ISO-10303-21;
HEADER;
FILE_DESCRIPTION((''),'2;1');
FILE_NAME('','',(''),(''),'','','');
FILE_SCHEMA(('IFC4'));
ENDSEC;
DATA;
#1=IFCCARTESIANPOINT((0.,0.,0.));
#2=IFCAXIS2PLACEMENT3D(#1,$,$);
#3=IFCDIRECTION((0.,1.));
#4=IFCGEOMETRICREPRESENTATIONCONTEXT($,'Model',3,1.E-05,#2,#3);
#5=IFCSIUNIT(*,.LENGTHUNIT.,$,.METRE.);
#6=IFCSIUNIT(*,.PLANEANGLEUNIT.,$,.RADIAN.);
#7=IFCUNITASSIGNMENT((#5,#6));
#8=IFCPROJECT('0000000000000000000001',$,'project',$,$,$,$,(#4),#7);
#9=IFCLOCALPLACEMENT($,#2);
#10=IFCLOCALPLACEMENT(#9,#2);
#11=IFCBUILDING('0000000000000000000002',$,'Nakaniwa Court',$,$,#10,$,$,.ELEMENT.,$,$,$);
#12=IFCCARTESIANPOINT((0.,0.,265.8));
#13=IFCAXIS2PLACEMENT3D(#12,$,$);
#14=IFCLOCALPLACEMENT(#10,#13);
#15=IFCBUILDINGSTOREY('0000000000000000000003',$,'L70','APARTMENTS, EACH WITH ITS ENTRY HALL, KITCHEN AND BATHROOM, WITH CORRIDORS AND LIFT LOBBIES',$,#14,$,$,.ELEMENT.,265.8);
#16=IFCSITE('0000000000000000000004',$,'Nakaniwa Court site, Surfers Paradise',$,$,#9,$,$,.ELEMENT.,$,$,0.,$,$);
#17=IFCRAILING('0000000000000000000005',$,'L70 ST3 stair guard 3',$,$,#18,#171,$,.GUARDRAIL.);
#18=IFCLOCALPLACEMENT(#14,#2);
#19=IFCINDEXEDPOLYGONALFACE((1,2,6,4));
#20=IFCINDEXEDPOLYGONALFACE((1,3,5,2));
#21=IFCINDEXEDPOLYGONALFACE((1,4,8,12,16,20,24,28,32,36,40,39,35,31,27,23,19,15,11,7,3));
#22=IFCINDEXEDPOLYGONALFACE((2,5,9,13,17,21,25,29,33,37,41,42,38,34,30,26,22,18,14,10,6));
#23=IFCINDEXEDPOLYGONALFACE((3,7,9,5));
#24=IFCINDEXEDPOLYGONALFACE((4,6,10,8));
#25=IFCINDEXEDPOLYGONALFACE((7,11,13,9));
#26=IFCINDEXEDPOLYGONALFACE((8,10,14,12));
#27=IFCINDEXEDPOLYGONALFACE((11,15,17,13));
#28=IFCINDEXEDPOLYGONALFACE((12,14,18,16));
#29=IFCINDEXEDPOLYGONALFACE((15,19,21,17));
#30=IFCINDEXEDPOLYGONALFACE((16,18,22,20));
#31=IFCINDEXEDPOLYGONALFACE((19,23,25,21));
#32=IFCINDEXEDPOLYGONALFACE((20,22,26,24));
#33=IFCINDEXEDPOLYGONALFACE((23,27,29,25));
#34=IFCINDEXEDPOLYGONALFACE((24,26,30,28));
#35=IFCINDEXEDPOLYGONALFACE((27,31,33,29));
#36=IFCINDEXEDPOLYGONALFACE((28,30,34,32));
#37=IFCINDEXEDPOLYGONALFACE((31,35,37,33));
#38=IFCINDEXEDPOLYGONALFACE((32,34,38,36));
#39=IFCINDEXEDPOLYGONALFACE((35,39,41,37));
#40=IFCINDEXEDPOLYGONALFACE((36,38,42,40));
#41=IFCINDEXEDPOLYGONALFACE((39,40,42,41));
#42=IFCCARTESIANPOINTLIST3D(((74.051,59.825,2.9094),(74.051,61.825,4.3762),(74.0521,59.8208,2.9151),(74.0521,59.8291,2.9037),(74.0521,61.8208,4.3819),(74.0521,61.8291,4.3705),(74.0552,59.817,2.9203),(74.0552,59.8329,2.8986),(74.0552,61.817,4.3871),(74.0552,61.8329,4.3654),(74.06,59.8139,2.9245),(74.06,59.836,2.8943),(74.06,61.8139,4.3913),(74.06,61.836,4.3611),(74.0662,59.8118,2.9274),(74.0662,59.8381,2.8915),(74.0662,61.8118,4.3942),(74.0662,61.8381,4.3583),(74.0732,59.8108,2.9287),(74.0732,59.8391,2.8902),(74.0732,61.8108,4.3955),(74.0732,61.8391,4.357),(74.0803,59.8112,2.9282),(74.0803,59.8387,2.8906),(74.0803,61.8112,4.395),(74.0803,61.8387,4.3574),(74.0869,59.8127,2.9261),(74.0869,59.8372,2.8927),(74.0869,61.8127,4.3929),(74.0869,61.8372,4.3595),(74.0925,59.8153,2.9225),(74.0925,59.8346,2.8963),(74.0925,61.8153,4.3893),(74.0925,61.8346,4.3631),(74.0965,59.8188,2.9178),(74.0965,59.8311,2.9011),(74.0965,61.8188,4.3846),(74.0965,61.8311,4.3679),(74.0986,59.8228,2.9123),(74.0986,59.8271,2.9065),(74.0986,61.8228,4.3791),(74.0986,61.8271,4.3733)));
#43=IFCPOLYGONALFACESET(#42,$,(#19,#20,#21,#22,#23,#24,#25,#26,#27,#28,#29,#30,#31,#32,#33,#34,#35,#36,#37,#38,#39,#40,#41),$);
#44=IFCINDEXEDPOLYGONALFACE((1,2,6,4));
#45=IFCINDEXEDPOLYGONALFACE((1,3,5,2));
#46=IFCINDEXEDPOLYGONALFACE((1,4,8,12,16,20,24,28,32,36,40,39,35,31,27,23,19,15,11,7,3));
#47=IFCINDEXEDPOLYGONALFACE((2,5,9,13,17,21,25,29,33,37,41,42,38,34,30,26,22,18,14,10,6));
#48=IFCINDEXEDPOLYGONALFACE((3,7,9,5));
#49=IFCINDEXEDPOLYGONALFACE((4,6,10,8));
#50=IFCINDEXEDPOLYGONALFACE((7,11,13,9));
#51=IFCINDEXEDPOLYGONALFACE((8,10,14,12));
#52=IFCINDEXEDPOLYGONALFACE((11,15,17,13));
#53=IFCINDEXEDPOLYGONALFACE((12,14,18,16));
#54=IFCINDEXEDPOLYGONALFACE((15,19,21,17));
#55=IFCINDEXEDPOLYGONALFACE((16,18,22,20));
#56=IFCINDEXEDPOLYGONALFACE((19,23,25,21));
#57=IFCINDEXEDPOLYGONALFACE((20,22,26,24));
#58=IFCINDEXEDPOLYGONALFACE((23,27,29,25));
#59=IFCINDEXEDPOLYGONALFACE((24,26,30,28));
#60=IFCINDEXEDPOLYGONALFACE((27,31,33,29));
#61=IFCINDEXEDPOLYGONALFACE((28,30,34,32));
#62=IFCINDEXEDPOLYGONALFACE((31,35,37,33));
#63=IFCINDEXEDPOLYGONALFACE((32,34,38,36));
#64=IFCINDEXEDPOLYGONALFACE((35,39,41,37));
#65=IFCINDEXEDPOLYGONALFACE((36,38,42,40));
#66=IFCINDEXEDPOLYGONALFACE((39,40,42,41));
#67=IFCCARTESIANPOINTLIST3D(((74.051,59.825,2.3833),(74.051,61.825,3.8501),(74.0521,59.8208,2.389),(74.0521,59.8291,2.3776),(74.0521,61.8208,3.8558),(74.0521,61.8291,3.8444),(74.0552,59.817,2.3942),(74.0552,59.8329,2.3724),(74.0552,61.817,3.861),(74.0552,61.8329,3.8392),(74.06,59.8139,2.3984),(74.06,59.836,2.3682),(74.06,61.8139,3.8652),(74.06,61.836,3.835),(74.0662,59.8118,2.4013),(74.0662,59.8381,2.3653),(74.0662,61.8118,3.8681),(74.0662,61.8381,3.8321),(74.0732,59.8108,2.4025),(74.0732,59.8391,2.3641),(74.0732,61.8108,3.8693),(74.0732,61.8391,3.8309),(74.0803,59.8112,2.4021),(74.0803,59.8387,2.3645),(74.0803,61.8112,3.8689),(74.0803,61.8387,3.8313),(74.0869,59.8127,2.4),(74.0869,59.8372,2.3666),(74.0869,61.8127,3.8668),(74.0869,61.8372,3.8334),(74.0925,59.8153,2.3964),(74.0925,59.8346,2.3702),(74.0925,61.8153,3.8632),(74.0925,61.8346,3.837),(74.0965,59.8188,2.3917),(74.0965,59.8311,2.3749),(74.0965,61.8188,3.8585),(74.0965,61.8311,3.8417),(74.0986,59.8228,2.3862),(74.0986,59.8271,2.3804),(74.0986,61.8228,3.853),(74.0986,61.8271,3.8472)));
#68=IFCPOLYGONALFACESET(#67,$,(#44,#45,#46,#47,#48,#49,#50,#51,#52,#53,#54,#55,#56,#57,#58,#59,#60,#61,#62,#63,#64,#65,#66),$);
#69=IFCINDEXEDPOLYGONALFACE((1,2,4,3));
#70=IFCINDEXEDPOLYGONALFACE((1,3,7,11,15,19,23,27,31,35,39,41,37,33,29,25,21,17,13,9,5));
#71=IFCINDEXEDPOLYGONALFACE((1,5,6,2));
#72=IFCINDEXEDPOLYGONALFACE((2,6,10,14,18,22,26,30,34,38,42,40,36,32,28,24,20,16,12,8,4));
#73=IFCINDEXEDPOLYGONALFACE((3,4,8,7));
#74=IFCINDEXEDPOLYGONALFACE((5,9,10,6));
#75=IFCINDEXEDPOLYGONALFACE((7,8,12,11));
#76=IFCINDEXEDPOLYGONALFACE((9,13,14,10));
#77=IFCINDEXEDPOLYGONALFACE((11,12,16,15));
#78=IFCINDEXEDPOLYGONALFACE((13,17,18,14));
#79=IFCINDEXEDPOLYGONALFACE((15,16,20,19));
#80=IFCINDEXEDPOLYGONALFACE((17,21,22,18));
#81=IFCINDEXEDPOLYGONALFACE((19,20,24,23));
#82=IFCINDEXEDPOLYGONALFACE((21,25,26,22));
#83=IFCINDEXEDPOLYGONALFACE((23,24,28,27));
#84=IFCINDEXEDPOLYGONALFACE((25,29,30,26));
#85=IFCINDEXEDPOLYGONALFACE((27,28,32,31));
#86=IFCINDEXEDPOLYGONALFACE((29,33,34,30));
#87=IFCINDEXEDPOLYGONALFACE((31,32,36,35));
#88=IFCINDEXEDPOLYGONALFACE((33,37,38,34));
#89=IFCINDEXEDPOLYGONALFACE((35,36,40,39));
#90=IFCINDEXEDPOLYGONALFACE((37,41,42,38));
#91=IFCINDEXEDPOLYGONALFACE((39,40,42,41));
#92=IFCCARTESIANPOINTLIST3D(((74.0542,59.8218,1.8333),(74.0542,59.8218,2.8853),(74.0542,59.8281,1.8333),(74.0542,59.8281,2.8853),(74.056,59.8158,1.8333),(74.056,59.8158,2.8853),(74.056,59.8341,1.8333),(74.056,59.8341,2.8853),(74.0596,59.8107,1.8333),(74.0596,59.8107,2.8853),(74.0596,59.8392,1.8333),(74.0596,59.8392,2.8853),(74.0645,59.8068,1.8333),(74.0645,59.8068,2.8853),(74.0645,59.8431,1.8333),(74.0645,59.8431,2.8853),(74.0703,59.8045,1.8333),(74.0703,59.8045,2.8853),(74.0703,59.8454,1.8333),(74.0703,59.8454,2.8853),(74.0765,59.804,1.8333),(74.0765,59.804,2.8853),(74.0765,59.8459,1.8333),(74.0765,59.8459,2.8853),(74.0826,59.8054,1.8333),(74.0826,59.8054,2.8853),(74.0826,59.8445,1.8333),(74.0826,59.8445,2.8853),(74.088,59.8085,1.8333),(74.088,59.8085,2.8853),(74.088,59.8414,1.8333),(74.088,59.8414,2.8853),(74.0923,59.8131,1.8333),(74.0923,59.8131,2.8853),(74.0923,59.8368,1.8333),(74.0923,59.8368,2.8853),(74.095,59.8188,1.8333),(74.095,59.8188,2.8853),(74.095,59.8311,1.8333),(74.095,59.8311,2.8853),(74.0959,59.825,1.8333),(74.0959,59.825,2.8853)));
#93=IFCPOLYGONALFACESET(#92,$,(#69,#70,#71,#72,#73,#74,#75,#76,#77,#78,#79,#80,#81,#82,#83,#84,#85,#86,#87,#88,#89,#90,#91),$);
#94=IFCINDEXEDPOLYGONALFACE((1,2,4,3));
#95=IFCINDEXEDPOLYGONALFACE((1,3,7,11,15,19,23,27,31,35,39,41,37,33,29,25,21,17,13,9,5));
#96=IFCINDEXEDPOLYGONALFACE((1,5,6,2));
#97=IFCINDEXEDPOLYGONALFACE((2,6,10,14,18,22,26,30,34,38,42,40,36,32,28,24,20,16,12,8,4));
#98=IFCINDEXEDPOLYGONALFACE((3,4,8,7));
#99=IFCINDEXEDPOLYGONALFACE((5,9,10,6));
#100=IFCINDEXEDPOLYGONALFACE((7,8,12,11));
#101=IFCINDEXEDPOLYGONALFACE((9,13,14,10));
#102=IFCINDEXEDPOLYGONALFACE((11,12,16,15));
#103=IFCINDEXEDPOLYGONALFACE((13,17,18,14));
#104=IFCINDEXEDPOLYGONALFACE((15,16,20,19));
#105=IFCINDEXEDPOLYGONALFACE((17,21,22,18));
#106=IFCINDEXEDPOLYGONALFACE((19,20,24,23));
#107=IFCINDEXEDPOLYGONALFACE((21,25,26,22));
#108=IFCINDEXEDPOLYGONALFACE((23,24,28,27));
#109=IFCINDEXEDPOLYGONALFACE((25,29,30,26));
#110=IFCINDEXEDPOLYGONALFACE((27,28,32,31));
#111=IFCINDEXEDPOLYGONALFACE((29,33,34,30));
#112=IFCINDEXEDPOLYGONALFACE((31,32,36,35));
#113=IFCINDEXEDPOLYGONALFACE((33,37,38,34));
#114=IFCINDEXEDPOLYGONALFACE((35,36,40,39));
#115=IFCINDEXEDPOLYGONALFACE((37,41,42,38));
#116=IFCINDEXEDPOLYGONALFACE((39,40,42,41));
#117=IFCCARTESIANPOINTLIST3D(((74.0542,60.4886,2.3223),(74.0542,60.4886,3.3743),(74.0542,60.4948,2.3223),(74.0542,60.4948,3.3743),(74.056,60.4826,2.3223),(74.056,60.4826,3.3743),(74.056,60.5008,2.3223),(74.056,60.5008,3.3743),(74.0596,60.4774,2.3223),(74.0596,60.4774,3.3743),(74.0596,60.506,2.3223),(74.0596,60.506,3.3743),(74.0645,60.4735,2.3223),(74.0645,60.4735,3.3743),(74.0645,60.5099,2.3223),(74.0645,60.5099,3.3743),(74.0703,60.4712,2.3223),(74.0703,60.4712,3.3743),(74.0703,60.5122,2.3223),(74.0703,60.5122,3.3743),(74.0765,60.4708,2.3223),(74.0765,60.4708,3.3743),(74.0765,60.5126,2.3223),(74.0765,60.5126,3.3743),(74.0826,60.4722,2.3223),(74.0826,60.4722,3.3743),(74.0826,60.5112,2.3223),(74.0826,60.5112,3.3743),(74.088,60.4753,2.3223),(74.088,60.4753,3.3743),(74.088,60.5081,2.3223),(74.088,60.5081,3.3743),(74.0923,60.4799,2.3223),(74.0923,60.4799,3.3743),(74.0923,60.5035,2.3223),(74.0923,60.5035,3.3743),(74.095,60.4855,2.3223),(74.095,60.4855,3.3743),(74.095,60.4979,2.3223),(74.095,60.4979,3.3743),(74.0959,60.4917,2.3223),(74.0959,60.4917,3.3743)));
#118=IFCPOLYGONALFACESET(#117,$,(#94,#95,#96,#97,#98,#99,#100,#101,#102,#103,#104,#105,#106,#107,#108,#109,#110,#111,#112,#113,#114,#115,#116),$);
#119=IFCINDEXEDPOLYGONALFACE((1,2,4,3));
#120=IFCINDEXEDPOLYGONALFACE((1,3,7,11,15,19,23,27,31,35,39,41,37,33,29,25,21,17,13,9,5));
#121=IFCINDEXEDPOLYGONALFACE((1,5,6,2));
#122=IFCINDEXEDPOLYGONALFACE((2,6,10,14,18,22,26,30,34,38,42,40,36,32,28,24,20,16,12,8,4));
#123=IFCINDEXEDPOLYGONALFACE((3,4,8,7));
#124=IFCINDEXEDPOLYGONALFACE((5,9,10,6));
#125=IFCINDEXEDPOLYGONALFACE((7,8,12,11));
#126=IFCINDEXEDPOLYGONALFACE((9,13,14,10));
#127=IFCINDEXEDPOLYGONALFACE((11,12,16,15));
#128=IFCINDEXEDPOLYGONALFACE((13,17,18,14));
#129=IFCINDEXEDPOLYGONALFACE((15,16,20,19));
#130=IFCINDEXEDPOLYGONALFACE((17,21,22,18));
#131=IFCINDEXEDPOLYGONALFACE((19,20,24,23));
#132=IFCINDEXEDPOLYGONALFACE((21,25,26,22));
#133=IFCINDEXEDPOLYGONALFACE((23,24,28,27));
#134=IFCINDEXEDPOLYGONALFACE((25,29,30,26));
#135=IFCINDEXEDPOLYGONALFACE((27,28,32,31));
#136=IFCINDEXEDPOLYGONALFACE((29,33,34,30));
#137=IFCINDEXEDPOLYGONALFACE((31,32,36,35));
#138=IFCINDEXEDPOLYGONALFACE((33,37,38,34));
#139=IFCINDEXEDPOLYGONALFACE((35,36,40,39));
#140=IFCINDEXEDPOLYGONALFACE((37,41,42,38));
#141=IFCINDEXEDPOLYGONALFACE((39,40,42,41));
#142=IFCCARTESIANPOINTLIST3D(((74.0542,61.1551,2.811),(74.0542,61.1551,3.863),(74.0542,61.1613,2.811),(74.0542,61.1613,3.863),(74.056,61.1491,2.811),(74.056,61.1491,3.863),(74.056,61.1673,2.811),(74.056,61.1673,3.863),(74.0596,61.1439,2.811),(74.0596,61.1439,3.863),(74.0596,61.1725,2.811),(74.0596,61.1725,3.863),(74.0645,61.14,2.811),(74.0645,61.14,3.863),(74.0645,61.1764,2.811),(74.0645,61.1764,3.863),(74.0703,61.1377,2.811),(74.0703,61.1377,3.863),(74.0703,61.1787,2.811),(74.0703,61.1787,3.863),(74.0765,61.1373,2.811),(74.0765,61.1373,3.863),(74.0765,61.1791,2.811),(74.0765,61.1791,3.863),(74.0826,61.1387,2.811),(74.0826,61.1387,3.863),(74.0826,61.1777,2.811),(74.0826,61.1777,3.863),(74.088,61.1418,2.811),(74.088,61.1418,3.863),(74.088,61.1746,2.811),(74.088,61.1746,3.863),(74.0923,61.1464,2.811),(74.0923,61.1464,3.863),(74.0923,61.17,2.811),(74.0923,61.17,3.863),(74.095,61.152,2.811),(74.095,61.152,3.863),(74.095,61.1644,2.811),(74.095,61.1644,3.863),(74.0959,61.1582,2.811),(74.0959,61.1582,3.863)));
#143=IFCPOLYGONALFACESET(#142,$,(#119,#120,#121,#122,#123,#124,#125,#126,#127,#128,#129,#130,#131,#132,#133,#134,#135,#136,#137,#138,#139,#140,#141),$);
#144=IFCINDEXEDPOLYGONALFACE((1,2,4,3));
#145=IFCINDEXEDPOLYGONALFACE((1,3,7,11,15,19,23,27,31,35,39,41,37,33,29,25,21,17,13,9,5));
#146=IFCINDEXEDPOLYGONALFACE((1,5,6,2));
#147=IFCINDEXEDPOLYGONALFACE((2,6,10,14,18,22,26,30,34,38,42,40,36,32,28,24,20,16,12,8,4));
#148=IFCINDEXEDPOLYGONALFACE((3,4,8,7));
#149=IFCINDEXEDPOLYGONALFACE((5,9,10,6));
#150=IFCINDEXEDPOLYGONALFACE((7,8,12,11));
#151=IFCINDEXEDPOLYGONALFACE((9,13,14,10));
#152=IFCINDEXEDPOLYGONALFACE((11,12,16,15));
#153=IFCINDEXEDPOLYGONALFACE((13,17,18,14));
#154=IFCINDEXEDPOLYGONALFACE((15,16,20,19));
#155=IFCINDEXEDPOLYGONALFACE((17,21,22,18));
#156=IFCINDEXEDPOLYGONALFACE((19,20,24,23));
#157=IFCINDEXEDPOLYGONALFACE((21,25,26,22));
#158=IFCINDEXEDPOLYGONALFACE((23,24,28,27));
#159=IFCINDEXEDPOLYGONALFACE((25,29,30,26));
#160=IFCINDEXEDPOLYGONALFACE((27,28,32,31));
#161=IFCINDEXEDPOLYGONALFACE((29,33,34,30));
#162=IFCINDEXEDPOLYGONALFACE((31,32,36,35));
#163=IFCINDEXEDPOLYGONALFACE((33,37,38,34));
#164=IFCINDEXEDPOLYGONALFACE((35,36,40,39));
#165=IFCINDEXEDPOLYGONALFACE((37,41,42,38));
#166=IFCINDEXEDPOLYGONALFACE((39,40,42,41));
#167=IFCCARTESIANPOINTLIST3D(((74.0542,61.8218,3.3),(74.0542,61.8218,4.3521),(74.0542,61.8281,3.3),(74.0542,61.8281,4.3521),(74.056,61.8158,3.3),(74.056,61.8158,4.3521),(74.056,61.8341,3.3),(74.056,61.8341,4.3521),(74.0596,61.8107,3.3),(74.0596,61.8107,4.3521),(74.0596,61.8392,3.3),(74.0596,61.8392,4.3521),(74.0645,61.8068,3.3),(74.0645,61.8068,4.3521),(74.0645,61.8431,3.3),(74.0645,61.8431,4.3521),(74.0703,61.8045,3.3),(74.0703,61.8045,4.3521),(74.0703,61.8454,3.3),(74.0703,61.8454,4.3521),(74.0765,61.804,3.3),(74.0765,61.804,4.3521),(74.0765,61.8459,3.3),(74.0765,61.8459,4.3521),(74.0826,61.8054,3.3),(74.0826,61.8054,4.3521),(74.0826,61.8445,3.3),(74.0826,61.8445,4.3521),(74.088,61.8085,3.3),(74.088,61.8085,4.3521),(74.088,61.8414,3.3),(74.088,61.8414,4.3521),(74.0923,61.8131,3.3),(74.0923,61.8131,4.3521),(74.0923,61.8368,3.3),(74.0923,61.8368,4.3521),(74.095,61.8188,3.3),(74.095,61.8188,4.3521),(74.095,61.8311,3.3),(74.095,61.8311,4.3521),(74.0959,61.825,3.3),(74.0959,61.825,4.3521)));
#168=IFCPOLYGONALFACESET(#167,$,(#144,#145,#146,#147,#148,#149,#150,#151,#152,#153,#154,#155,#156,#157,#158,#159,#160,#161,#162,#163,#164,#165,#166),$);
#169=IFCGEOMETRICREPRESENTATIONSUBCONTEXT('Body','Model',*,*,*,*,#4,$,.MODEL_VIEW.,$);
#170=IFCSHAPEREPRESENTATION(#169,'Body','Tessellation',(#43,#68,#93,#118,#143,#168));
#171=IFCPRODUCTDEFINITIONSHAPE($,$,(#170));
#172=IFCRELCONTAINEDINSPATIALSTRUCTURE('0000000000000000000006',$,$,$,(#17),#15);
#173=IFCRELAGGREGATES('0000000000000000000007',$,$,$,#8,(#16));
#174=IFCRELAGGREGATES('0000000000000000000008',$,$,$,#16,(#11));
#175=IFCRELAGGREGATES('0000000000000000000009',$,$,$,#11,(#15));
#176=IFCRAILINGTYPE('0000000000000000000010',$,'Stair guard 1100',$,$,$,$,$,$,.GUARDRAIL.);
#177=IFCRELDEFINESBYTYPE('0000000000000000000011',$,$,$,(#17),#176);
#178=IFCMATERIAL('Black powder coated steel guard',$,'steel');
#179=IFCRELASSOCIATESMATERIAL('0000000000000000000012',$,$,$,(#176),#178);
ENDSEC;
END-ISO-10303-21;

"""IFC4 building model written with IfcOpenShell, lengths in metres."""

from ifc_helpers import new_model, si_unit, direction, frame, origin, origin_2d, place, context, subcontext, project, spatial, circle, extrude, material, type_object, element, save


model = new_model("IFC4")

# Units and contexts
model_context = context("Model", 3, precision=1e-05, world=origin(), true_north=direction((0.0, 1.0)))
body_context = subcontext(model_context, "Body", "Model", "MODEL_VIEW")
ifc_project = project(units=[si_unit("LENGTHUNIT", "METRE"), si_unit("PLANEANGLEUNIT", "RADIAN")], contexts=[model_context])

# Site, building, storey
site_placement = place(None, origin())
site = spatial("IfcSite", under=ifc_project, at=site_placement, Name="Nakaniwa Court site, Surfers Paradise", CompositionType="ELEMENT", RefElevation=0.0)
building_placement = place(site_placement, origin())
building = spatial("IfcBuilding", under=site, at=building_placement, Name="Nakaniwa Court", CompositionType="ELEMENT")
storey_placement = place(building_placement, frame((0.0, 0.0, 265.8)))
storey = spatial("IfcBuildingStorey", under=building, at=storey_placement, Name="L70", Description="APARTMENTS, EACH WITH ITS ENTRY HALL, KITCHEN AND BATHROOM, WITH CORRIDORS AND LIFT LOBBIES", CompositionType="ELEMENT", Elevation=265.8)

# Railing
ifc_material_1 = material(Name="Black powder coated steel guard", Category="steel")
railing_type_1 = type_object("IfcRailingType", Name="Stair guard 1100", PredefinedType="GUARDRAIL", material=ifc_material_1)
railing_1_placement = place(storey_placement, frame((74.075, 59.825, 1.8333)))
element("IfcRailing", 1, at=railing_1_placement, inside=storey, type_object=railing_type_1, Name="L70 ST3 stair guard 3", PredefinedType="GUARDRAIL", context=body_context, shape_type="SweptSolid", body=[
    extrude(circle(Radius=0.0239, at=origin_2d()), frame((0.0, 0.0, 1.0762), z_axis=(0.0, 0.80638, 0.591398), x_axis=(-1.0, 0.0, 0.0)), (0.0, 0.0, 1.0), 2.4802),
    extrude(circle(Radius=0.0239, at=origin_2d()), frame((0.0, 0.0, 0.55), z_axis=(0.0, 0.80638, 0.591398), x_axis=(-1.0, 0.0, 0.0)), (0.0, 0.0, 1.0), 2.4802),
    extrude(circle(Radius=0.021, at=origin_2d()), origin(), (0.0, 0.0, 1.0), 1.052),
    extrude(circle(Radius=0.021, at=origin_2d()), frame((0.0, 0.6667, 0.489)), (0.0, 0.0, 1.0), 1.052),
    extrude(circle(Radius=0.021, at=origin_2d()), frame((0.0, 1.3333, 0.9778)), (0.0, 0.0, 1.0), 1.052),
    extrude(circle(Radius=0.021, at=origin_2d()), frame((0.0, 2.0, 1.4668)), (0.0, 0.0, 1.0), 1.052),
])

save(model, "model.ifc")
